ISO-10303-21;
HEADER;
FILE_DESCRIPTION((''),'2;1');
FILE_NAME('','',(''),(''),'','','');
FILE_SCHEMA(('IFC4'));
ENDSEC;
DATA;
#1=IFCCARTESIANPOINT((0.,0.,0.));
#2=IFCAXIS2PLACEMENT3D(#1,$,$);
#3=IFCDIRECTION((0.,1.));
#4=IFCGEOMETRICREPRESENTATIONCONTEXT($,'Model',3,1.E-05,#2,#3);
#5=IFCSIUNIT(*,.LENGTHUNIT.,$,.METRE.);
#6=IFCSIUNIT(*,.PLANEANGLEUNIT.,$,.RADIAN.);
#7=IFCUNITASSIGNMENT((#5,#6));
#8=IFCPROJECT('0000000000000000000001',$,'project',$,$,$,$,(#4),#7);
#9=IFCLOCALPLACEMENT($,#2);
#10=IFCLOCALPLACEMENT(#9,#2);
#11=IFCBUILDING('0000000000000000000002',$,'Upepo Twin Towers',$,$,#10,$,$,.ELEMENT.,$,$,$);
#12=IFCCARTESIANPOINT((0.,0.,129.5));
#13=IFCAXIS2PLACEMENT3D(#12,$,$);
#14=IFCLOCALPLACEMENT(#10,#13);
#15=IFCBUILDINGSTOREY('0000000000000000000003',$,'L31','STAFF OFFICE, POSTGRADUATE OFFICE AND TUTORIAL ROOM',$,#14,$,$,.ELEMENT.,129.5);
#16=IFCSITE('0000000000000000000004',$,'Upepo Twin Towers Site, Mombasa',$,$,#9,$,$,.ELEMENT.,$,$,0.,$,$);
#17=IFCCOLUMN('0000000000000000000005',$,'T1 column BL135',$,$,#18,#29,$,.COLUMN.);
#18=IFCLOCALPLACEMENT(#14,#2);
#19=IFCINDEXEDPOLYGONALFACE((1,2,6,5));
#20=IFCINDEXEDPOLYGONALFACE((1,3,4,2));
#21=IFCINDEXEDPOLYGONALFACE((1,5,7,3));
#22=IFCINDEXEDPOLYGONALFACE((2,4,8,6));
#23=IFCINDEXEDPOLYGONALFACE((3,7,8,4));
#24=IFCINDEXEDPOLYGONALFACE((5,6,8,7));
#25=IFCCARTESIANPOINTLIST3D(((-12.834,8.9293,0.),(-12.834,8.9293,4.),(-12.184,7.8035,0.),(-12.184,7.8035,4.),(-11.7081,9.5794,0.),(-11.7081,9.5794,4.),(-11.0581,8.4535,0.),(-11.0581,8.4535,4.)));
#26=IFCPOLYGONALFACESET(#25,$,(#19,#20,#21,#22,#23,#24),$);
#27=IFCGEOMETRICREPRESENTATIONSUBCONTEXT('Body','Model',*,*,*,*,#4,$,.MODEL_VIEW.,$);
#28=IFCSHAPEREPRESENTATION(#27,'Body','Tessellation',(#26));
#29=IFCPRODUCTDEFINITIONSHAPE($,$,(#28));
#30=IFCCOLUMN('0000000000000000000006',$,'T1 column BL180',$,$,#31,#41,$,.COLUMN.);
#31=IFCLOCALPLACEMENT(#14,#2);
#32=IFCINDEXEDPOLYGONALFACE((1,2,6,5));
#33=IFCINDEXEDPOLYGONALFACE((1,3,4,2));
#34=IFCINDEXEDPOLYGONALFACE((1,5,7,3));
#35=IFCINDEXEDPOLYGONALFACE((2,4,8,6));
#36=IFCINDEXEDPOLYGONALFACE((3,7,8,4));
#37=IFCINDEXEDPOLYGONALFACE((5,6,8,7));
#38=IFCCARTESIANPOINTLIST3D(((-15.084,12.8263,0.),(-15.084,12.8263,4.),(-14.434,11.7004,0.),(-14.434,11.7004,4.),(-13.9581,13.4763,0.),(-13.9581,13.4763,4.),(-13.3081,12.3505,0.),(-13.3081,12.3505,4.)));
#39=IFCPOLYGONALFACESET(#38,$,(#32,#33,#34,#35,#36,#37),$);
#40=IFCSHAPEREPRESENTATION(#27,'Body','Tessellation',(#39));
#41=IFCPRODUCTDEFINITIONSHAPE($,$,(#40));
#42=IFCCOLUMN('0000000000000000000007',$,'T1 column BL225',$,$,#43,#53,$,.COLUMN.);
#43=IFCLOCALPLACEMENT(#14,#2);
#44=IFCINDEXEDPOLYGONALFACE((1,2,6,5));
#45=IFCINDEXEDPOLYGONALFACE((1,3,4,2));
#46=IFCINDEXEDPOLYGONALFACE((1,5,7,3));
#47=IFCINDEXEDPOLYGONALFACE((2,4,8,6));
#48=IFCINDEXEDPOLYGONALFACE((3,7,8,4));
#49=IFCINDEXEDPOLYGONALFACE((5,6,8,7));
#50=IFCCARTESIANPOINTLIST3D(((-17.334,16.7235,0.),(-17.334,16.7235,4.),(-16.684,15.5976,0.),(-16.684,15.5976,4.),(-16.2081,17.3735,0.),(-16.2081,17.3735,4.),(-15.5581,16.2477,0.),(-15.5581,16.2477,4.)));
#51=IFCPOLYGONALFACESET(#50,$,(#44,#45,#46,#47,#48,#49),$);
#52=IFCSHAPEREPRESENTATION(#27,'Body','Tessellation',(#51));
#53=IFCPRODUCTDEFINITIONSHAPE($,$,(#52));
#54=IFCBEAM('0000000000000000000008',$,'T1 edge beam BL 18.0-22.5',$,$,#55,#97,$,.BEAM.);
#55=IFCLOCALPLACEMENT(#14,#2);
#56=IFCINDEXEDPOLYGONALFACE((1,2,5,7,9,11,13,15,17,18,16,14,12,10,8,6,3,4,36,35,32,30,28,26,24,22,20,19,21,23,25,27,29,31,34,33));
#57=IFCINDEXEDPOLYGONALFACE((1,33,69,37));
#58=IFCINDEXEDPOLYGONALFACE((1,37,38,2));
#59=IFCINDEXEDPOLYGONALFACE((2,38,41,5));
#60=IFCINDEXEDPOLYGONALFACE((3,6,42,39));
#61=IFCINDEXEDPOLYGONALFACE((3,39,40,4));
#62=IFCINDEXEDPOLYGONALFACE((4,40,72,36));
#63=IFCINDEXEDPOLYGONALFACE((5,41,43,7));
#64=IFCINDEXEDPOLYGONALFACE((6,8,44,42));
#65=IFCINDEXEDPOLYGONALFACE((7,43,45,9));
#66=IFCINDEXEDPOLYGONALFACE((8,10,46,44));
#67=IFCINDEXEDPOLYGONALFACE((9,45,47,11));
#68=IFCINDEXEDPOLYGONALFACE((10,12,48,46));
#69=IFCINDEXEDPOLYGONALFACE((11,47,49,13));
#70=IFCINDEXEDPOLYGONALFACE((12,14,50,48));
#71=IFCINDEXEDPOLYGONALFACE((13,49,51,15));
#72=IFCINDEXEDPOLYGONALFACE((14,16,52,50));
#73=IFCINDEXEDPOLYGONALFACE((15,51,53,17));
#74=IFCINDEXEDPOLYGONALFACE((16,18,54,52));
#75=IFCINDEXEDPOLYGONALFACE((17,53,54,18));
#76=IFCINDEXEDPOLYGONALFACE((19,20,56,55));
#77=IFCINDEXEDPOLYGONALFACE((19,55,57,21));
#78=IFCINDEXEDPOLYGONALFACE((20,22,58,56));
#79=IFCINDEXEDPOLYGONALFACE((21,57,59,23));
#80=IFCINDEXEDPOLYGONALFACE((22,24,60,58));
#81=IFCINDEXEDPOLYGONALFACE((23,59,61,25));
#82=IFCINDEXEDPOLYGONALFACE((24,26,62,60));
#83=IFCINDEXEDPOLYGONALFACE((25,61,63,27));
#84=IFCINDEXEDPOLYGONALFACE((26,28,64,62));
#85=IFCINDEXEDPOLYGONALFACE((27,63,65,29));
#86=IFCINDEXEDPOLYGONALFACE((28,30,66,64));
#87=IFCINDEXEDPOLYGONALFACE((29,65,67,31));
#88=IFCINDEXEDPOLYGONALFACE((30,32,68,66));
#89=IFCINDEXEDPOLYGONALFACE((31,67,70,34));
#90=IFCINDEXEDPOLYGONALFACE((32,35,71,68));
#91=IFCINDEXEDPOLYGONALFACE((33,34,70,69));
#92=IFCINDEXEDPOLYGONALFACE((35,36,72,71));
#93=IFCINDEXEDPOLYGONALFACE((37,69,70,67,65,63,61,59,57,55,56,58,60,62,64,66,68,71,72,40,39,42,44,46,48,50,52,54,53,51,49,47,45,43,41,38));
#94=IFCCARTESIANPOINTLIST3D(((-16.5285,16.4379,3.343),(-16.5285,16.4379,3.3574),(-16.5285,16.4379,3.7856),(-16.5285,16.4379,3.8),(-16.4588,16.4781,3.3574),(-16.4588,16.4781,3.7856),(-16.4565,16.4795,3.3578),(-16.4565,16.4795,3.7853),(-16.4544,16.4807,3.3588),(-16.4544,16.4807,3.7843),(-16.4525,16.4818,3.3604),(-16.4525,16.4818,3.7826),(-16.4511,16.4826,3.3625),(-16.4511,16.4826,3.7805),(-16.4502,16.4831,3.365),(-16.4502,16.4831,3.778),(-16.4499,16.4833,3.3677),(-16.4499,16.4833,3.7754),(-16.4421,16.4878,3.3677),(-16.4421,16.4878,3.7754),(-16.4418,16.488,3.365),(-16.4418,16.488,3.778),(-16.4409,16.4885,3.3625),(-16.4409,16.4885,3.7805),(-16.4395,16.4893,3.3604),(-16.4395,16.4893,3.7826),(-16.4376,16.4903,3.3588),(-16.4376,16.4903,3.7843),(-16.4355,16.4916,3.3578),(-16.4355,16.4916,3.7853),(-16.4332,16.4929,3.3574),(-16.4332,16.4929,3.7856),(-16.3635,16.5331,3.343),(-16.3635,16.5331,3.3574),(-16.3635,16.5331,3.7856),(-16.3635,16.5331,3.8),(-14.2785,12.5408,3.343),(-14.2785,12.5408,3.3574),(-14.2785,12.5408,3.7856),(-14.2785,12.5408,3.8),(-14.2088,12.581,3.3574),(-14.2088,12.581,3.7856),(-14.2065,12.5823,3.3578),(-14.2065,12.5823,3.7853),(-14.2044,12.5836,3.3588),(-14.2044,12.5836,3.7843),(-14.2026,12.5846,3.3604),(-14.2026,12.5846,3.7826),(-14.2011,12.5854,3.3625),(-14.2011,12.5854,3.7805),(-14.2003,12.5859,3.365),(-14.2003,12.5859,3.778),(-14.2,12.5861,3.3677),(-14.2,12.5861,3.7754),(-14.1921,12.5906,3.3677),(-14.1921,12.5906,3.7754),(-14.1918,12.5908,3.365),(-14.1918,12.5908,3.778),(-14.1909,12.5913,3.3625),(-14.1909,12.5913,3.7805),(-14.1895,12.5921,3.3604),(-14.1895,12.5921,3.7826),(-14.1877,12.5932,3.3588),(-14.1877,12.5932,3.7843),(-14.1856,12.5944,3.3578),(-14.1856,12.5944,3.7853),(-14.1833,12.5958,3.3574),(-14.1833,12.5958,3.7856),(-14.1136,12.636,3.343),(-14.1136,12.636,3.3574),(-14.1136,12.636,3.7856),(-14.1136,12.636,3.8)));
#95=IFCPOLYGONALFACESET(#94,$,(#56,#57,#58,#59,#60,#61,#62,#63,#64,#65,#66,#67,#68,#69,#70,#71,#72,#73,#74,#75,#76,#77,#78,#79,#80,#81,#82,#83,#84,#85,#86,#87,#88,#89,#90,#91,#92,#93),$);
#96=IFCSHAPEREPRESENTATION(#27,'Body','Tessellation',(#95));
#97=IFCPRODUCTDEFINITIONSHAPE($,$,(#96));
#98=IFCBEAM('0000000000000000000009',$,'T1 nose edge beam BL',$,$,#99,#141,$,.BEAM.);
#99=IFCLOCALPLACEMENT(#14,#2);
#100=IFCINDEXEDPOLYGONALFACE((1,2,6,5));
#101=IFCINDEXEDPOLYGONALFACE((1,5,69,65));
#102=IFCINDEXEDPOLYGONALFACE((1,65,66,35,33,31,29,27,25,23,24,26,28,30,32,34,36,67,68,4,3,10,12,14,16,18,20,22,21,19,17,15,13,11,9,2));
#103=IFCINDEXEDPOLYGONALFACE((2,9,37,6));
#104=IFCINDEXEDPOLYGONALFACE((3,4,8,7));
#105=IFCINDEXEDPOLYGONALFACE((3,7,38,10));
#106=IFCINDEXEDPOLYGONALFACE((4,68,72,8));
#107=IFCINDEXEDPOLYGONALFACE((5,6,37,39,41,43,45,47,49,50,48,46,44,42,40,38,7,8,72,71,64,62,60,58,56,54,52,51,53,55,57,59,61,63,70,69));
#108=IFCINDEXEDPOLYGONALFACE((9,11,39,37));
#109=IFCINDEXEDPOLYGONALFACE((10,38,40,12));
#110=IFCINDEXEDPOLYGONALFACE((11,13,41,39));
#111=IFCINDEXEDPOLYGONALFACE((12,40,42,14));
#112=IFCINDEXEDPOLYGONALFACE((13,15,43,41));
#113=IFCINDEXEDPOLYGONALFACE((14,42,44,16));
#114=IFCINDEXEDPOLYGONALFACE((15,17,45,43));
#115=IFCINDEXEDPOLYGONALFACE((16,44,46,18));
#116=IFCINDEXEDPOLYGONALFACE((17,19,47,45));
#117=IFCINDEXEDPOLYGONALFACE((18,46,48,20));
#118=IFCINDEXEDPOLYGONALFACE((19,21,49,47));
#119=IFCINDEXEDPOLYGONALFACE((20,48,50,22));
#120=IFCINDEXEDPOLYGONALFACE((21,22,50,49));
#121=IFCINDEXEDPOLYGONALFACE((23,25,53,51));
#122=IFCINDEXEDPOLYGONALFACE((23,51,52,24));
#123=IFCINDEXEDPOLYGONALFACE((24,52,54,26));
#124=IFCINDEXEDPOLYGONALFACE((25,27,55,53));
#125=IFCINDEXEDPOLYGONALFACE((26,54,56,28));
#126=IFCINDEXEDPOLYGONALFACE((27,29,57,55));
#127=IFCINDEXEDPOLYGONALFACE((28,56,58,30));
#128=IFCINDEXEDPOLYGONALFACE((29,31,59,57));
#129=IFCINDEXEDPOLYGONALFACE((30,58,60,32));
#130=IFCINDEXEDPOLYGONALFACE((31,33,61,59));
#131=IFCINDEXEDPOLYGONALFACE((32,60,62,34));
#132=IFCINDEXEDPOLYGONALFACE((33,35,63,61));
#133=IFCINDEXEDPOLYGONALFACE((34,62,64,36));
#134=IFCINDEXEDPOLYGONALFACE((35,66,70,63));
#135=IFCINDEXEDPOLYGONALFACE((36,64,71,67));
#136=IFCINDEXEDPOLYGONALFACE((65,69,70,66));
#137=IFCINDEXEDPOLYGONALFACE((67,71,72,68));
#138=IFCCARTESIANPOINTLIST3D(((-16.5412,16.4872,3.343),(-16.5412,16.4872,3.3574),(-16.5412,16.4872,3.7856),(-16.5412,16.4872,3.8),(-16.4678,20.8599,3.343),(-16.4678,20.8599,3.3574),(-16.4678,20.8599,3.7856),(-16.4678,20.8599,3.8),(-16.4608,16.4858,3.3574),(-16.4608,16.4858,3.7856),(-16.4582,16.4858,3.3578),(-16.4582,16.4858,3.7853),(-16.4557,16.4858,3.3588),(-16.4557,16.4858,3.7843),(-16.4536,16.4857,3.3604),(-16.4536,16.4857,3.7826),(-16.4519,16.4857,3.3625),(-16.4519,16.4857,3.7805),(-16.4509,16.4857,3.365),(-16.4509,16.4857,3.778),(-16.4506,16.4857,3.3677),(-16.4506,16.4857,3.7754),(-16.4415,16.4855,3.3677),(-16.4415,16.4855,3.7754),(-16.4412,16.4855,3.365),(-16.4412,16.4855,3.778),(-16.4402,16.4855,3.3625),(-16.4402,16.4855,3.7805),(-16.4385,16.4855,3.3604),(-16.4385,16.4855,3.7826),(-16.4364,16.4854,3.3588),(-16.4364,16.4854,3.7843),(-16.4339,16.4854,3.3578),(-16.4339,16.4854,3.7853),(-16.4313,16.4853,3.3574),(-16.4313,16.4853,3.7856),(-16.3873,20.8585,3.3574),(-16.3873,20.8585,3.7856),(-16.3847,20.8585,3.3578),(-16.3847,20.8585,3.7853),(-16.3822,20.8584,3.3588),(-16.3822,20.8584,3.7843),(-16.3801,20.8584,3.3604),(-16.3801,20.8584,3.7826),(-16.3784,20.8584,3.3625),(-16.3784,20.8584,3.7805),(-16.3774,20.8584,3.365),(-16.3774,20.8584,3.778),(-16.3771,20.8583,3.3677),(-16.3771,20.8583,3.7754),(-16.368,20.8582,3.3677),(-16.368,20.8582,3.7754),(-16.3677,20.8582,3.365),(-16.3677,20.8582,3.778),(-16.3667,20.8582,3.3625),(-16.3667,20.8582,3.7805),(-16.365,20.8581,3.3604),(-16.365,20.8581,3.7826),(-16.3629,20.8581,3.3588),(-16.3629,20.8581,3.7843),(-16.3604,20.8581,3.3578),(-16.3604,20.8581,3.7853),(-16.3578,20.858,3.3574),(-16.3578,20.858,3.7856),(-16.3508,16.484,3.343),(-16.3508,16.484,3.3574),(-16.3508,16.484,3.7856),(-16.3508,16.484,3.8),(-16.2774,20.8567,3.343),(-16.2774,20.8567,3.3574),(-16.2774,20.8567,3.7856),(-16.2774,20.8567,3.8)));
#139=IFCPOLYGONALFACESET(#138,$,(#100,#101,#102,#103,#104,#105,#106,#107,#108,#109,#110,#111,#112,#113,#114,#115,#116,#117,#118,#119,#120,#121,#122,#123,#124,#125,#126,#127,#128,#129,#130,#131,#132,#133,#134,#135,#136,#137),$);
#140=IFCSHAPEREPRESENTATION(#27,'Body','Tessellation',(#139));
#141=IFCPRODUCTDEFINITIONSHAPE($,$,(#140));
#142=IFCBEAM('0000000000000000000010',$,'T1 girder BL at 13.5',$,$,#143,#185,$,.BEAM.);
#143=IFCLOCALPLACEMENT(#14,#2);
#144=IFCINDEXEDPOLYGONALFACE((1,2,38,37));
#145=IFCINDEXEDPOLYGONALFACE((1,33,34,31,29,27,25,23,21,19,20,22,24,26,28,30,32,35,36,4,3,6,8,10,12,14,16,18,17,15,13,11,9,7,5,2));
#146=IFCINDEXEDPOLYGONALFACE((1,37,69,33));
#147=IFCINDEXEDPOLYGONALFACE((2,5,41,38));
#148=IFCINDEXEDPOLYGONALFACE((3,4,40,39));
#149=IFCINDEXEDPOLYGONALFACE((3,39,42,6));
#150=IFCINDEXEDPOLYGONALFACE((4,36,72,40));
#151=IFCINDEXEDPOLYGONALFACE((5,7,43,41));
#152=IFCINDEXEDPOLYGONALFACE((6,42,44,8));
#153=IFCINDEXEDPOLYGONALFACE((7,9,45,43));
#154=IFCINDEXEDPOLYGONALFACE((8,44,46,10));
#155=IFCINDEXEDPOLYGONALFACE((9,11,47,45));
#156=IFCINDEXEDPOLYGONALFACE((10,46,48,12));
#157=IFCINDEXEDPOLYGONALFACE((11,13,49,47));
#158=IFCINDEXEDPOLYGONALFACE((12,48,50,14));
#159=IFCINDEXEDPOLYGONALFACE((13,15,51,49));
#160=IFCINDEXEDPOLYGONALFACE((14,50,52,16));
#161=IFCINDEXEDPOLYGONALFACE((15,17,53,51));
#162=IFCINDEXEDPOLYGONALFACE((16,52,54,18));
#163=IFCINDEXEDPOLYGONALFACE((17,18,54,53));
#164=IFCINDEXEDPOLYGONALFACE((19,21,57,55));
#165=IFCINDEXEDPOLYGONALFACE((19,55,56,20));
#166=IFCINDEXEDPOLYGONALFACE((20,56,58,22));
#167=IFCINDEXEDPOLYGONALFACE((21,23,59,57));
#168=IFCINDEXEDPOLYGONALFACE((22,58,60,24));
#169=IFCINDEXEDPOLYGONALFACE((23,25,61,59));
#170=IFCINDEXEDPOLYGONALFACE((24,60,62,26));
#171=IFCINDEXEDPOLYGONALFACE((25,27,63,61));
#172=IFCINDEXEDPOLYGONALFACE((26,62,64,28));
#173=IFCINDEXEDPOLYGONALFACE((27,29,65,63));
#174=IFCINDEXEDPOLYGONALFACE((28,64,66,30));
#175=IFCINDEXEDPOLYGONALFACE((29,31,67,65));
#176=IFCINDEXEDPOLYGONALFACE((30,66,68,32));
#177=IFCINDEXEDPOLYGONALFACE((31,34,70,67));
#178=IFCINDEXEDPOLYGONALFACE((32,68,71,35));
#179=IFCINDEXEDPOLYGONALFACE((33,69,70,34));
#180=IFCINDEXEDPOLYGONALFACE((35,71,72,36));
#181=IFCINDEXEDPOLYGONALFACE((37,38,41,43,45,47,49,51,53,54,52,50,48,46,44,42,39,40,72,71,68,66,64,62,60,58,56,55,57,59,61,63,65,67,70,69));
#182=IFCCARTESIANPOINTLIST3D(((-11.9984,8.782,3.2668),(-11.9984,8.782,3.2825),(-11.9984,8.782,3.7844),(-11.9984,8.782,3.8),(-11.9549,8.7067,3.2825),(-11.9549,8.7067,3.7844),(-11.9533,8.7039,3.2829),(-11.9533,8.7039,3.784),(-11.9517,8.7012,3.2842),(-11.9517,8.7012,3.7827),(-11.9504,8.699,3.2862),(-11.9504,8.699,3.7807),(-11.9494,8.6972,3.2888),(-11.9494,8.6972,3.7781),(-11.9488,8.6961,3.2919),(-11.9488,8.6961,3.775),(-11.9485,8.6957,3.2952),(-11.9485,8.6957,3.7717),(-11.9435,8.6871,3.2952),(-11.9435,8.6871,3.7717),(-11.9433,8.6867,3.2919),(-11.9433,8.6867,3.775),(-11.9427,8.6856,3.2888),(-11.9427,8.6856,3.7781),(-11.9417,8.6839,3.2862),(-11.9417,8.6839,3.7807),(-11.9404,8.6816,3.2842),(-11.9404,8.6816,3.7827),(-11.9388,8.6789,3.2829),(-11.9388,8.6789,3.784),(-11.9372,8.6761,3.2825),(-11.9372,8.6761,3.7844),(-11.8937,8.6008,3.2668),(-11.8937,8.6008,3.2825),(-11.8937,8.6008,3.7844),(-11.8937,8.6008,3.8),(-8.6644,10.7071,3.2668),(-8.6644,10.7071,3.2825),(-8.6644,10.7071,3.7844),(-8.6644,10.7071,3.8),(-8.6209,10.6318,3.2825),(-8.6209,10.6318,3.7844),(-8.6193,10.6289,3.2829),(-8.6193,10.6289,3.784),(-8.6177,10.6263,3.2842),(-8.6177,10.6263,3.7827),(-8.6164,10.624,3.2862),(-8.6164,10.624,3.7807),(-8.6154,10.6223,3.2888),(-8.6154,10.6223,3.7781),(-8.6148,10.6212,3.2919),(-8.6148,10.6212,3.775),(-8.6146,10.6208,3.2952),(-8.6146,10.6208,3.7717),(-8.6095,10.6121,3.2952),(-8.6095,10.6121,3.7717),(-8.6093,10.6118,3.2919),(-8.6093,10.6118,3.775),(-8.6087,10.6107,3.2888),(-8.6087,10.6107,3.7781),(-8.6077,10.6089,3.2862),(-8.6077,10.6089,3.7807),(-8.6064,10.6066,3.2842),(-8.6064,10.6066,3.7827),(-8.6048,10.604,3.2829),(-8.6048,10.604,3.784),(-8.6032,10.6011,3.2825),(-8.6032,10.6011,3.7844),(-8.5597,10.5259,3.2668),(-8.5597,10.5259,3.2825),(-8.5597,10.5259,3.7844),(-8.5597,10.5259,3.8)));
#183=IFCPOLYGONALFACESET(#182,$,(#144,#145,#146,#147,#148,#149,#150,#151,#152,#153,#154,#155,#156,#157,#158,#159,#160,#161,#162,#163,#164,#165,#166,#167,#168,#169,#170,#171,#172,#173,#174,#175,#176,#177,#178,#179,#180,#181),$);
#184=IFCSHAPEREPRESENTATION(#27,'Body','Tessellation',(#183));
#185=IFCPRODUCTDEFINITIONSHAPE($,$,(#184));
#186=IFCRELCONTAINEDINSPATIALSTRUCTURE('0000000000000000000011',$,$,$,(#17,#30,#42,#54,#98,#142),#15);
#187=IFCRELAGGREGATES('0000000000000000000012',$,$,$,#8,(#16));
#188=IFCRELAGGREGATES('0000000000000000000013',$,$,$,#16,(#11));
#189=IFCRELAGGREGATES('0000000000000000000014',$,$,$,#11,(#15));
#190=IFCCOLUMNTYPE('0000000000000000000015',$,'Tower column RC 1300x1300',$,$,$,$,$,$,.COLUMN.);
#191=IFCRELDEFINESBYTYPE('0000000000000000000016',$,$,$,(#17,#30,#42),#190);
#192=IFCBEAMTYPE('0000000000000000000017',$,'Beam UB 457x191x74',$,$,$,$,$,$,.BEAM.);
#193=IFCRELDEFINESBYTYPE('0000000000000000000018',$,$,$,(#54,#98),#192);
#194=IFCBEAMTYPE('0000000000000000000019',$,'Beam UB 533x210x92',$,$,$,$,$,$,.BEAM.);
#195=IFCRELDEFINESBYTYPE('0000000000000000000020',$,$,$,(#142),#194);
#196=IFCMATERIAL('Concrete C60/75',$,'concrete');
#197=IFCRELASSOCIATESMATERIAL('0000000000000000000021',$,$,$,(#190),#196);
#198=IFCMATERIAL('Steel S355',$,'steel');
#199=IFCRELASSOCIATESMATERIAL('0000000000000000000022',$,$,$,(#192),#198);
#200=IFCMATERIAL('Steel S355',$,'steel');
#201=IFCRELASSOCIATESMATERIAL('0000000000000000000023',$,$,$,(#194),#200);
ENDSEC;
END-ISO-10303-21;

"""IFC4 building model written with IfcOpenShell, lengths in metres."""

from ifc_helpers import new_model, si_unit, direction, frame, origin, origin_2d, place, context, subcontext, project, spatial, rectangle, i_section, extrude, material, material_profile, profile_set, type_object, element, save


model = new_model("IFC4")

# Units and contexts
model_context = context("Model", 3, precision=1e-05, world=origin(), true_north=direction((0.0, 1.0)))
body_context = subcontext(model_context, "Body", "Model", "MODEL_VIEW")
ifc_project = project(units=[si_unit("LENGTHUNIT", "METRE"), si_unit("PLANEANGLEUNIT", "RADIAN")], contexts=[model_context])

# Site, building, storey
site_placement = place(None, origin())
site = spatial("IfcSite", under=ifc_project, at=site_placement, Name="Upepo Twin Towers Site, Mombasa", CompositionType="ELEMENT", RefElevation=0.0)
building_placement = place(site_placement, origin())
building = spatial("IfcBuilding", under=site, at=building_placement, Name="Upepo Twin Towers", CompositionType="ELEMENT")
storey_placement = place(building_placement, frame((0.0, 0.0, 129.5)))
storey = spatial("IfcBuildingStorey", under=building, at=storey_placement, Name="L31", Description="STAFF OFFICE, POSTGRADUATE OFFICE AND TUTORIAL ROOM", CompositionType="ELEMENT", Elevation=129.5)

# Columns
ifc_material_1 = material(Name="Concrete C60/75", Category="concrete")
ifc_material_profile_1 = material_profile(ifc_material_1, rectangle(XDim=1.3, YDim=1.3, at=origin_2d()), Name="RC 1300x1300")
ifc_profile_set_1 = profile_set([ifc_material_profile_1], Name="Concrete C60/75")
column_type = type_object("IfcColumnType", Name="Tower column RC 1300x1300", PredefinedType="COLUMN", material=ifc_profile_set_1)
for number, where, z_axis, x_axis, name in (
    (1, (-11.946, 8.6914, 0.0), (0.0, 0.0, 1.0), (0.866025, 0.5, 0.0), "T1 column BL135"),
    (2, (-14.196, 12.5884, 0.0), (0.0, 0.0, 1.0), (0.866025, 0.5, 0.0), "T1 column BL180"),
    (3, (-16.446, 16.4856, 0.0), (0.0, 0.0, 1.0), (0.866025, 0.5, 0.0), "T1 column BL225"),
):
    element("IfcColumn", number, at=place(storey_placement, frame(where, z_axis=z_axis, x_axis=x_axis)), inside=storey, type_object=column_type, Name=name, PredefinedType="COLUMN", context=body_context, shape_type="SweptSolid", body=[
        extrude(rectangle(XDim=1.3, YDim=1.3, at=origin_2d()), origin(), (0.0, 0.0, 1.0), 4.0),
    ])

# Beams
ifc_material_2 = material(Name="Steel S355", Category="steel")
ifc_material_profile_2 = material_profile(ifc_material_2, i_section(OverallWidth=0.1904, OverallDepth=0.457, WebThickness=0.009, FlangeThickness=0.0144, FilletRadius=0.0103, at=origin_2d()), Name="UB 457x191x74")
ifc_profile_set_2 = profile_set([ifc_material_profile_2], Name="Steel S355")
beam_type_1 = type_object("IfcBeamType", Name="Beam UB 457x191x74", PredefinedType="BEAM", material=ifc_profile_set_2)
beam_1_placement = place(storey_placement, frame((-14.196, 12.5884, 3.5715), z_axis=(-0.49999, 0.866031, 0.0), x_axis=(-0.866031, -0.49999, 0.0)))
element("IfcBeam", 4, at=beam_1_placement, inside=storey, type_object=beam_type_1, Name="T1 edge beam BL 18.0-22.5", PredefinedType="BEAM", context=body_context, shape_type="SweptSolid", body=[
    extrude(i_section(OverallWidth=0.1904, OverallDepth=0.457, WebThickness=0.009, FlangeThickness=0.0144, FilletRadius=0.0103, at=origin_2d()), origin(), (0.0, 0.0, 1.0), 4.5),
])
beam_2_placement = place(storey_placement, frame((-16.446, 16.4856, 3.5715), z_axis=(0.016804, 0.999859, 0.0), x_axis=(-0.999859, 0.016804, 0.0)))
element("IfcBeam", 5, at=beam_2_placement, inside=storey, type_object=beam_type_1, Name="T1 nose edge beam BL", PredefinedType="BEAM", context=body_context, shape_type="SweptSolid", body=[
    extrude(i_section(OverallWidth=0.1904, OverallDepth=0.457, WebThickness=0.009, FlangeThickness=0.0144, FilletRadius=0.0103, at=origin_2d()), origin(), (0.0, 0.0, 1.0), 4.3733),
])
ifc_material_3 = material(Name="Steel S355", Category="steel")
ifc_material_profile_3 = material_profile(ifc_material_3, i_section(OverallWidth=0.2092, OverallDepth=0.5332, WebThickness=0.01, FlangeThickness=0.0156, FilletRadius=0.0127, at=origin_2d()), Name="UB 533x210x92")
ifc_profile_set_3 = profile_set([ifc_material_profile_3], Name="Steel S355")
beam_type_2 = type_object("IfcBeamType", Name="Beam UB 533x210x92", PredefinedType="BEAM", material=ifc_profile_set_3)
for number, where, z_axis, x_axis, name in (
    (6, (-11.946, 8.6914, 3.5334), (0.866006, 0.500034, 0.0), (-0.500034, 0.866006, 0.0), "T1 girder BL at 13.5"),
):
    element("IfcBeam", number, at=place(storey_placement, frame(where, z_axis=z_axis, x_axis=x_axis)), inside=storey, type_object=beam_type_2, Name=name, PredefinedType="BEAM", context=body_context, shape_type="SweptSolid", body=[
        extrude(i_section(OverallWidth=0.2092, OverallDepth=0.5332, WebThickness=0.01, FlangeThickness=0.0156, FilletRadius=0.0127, at=origin_2d()), origin(), (0.0, 0.0, 1.0), 3.8499),
    ])

save(model, "model.ifc")
